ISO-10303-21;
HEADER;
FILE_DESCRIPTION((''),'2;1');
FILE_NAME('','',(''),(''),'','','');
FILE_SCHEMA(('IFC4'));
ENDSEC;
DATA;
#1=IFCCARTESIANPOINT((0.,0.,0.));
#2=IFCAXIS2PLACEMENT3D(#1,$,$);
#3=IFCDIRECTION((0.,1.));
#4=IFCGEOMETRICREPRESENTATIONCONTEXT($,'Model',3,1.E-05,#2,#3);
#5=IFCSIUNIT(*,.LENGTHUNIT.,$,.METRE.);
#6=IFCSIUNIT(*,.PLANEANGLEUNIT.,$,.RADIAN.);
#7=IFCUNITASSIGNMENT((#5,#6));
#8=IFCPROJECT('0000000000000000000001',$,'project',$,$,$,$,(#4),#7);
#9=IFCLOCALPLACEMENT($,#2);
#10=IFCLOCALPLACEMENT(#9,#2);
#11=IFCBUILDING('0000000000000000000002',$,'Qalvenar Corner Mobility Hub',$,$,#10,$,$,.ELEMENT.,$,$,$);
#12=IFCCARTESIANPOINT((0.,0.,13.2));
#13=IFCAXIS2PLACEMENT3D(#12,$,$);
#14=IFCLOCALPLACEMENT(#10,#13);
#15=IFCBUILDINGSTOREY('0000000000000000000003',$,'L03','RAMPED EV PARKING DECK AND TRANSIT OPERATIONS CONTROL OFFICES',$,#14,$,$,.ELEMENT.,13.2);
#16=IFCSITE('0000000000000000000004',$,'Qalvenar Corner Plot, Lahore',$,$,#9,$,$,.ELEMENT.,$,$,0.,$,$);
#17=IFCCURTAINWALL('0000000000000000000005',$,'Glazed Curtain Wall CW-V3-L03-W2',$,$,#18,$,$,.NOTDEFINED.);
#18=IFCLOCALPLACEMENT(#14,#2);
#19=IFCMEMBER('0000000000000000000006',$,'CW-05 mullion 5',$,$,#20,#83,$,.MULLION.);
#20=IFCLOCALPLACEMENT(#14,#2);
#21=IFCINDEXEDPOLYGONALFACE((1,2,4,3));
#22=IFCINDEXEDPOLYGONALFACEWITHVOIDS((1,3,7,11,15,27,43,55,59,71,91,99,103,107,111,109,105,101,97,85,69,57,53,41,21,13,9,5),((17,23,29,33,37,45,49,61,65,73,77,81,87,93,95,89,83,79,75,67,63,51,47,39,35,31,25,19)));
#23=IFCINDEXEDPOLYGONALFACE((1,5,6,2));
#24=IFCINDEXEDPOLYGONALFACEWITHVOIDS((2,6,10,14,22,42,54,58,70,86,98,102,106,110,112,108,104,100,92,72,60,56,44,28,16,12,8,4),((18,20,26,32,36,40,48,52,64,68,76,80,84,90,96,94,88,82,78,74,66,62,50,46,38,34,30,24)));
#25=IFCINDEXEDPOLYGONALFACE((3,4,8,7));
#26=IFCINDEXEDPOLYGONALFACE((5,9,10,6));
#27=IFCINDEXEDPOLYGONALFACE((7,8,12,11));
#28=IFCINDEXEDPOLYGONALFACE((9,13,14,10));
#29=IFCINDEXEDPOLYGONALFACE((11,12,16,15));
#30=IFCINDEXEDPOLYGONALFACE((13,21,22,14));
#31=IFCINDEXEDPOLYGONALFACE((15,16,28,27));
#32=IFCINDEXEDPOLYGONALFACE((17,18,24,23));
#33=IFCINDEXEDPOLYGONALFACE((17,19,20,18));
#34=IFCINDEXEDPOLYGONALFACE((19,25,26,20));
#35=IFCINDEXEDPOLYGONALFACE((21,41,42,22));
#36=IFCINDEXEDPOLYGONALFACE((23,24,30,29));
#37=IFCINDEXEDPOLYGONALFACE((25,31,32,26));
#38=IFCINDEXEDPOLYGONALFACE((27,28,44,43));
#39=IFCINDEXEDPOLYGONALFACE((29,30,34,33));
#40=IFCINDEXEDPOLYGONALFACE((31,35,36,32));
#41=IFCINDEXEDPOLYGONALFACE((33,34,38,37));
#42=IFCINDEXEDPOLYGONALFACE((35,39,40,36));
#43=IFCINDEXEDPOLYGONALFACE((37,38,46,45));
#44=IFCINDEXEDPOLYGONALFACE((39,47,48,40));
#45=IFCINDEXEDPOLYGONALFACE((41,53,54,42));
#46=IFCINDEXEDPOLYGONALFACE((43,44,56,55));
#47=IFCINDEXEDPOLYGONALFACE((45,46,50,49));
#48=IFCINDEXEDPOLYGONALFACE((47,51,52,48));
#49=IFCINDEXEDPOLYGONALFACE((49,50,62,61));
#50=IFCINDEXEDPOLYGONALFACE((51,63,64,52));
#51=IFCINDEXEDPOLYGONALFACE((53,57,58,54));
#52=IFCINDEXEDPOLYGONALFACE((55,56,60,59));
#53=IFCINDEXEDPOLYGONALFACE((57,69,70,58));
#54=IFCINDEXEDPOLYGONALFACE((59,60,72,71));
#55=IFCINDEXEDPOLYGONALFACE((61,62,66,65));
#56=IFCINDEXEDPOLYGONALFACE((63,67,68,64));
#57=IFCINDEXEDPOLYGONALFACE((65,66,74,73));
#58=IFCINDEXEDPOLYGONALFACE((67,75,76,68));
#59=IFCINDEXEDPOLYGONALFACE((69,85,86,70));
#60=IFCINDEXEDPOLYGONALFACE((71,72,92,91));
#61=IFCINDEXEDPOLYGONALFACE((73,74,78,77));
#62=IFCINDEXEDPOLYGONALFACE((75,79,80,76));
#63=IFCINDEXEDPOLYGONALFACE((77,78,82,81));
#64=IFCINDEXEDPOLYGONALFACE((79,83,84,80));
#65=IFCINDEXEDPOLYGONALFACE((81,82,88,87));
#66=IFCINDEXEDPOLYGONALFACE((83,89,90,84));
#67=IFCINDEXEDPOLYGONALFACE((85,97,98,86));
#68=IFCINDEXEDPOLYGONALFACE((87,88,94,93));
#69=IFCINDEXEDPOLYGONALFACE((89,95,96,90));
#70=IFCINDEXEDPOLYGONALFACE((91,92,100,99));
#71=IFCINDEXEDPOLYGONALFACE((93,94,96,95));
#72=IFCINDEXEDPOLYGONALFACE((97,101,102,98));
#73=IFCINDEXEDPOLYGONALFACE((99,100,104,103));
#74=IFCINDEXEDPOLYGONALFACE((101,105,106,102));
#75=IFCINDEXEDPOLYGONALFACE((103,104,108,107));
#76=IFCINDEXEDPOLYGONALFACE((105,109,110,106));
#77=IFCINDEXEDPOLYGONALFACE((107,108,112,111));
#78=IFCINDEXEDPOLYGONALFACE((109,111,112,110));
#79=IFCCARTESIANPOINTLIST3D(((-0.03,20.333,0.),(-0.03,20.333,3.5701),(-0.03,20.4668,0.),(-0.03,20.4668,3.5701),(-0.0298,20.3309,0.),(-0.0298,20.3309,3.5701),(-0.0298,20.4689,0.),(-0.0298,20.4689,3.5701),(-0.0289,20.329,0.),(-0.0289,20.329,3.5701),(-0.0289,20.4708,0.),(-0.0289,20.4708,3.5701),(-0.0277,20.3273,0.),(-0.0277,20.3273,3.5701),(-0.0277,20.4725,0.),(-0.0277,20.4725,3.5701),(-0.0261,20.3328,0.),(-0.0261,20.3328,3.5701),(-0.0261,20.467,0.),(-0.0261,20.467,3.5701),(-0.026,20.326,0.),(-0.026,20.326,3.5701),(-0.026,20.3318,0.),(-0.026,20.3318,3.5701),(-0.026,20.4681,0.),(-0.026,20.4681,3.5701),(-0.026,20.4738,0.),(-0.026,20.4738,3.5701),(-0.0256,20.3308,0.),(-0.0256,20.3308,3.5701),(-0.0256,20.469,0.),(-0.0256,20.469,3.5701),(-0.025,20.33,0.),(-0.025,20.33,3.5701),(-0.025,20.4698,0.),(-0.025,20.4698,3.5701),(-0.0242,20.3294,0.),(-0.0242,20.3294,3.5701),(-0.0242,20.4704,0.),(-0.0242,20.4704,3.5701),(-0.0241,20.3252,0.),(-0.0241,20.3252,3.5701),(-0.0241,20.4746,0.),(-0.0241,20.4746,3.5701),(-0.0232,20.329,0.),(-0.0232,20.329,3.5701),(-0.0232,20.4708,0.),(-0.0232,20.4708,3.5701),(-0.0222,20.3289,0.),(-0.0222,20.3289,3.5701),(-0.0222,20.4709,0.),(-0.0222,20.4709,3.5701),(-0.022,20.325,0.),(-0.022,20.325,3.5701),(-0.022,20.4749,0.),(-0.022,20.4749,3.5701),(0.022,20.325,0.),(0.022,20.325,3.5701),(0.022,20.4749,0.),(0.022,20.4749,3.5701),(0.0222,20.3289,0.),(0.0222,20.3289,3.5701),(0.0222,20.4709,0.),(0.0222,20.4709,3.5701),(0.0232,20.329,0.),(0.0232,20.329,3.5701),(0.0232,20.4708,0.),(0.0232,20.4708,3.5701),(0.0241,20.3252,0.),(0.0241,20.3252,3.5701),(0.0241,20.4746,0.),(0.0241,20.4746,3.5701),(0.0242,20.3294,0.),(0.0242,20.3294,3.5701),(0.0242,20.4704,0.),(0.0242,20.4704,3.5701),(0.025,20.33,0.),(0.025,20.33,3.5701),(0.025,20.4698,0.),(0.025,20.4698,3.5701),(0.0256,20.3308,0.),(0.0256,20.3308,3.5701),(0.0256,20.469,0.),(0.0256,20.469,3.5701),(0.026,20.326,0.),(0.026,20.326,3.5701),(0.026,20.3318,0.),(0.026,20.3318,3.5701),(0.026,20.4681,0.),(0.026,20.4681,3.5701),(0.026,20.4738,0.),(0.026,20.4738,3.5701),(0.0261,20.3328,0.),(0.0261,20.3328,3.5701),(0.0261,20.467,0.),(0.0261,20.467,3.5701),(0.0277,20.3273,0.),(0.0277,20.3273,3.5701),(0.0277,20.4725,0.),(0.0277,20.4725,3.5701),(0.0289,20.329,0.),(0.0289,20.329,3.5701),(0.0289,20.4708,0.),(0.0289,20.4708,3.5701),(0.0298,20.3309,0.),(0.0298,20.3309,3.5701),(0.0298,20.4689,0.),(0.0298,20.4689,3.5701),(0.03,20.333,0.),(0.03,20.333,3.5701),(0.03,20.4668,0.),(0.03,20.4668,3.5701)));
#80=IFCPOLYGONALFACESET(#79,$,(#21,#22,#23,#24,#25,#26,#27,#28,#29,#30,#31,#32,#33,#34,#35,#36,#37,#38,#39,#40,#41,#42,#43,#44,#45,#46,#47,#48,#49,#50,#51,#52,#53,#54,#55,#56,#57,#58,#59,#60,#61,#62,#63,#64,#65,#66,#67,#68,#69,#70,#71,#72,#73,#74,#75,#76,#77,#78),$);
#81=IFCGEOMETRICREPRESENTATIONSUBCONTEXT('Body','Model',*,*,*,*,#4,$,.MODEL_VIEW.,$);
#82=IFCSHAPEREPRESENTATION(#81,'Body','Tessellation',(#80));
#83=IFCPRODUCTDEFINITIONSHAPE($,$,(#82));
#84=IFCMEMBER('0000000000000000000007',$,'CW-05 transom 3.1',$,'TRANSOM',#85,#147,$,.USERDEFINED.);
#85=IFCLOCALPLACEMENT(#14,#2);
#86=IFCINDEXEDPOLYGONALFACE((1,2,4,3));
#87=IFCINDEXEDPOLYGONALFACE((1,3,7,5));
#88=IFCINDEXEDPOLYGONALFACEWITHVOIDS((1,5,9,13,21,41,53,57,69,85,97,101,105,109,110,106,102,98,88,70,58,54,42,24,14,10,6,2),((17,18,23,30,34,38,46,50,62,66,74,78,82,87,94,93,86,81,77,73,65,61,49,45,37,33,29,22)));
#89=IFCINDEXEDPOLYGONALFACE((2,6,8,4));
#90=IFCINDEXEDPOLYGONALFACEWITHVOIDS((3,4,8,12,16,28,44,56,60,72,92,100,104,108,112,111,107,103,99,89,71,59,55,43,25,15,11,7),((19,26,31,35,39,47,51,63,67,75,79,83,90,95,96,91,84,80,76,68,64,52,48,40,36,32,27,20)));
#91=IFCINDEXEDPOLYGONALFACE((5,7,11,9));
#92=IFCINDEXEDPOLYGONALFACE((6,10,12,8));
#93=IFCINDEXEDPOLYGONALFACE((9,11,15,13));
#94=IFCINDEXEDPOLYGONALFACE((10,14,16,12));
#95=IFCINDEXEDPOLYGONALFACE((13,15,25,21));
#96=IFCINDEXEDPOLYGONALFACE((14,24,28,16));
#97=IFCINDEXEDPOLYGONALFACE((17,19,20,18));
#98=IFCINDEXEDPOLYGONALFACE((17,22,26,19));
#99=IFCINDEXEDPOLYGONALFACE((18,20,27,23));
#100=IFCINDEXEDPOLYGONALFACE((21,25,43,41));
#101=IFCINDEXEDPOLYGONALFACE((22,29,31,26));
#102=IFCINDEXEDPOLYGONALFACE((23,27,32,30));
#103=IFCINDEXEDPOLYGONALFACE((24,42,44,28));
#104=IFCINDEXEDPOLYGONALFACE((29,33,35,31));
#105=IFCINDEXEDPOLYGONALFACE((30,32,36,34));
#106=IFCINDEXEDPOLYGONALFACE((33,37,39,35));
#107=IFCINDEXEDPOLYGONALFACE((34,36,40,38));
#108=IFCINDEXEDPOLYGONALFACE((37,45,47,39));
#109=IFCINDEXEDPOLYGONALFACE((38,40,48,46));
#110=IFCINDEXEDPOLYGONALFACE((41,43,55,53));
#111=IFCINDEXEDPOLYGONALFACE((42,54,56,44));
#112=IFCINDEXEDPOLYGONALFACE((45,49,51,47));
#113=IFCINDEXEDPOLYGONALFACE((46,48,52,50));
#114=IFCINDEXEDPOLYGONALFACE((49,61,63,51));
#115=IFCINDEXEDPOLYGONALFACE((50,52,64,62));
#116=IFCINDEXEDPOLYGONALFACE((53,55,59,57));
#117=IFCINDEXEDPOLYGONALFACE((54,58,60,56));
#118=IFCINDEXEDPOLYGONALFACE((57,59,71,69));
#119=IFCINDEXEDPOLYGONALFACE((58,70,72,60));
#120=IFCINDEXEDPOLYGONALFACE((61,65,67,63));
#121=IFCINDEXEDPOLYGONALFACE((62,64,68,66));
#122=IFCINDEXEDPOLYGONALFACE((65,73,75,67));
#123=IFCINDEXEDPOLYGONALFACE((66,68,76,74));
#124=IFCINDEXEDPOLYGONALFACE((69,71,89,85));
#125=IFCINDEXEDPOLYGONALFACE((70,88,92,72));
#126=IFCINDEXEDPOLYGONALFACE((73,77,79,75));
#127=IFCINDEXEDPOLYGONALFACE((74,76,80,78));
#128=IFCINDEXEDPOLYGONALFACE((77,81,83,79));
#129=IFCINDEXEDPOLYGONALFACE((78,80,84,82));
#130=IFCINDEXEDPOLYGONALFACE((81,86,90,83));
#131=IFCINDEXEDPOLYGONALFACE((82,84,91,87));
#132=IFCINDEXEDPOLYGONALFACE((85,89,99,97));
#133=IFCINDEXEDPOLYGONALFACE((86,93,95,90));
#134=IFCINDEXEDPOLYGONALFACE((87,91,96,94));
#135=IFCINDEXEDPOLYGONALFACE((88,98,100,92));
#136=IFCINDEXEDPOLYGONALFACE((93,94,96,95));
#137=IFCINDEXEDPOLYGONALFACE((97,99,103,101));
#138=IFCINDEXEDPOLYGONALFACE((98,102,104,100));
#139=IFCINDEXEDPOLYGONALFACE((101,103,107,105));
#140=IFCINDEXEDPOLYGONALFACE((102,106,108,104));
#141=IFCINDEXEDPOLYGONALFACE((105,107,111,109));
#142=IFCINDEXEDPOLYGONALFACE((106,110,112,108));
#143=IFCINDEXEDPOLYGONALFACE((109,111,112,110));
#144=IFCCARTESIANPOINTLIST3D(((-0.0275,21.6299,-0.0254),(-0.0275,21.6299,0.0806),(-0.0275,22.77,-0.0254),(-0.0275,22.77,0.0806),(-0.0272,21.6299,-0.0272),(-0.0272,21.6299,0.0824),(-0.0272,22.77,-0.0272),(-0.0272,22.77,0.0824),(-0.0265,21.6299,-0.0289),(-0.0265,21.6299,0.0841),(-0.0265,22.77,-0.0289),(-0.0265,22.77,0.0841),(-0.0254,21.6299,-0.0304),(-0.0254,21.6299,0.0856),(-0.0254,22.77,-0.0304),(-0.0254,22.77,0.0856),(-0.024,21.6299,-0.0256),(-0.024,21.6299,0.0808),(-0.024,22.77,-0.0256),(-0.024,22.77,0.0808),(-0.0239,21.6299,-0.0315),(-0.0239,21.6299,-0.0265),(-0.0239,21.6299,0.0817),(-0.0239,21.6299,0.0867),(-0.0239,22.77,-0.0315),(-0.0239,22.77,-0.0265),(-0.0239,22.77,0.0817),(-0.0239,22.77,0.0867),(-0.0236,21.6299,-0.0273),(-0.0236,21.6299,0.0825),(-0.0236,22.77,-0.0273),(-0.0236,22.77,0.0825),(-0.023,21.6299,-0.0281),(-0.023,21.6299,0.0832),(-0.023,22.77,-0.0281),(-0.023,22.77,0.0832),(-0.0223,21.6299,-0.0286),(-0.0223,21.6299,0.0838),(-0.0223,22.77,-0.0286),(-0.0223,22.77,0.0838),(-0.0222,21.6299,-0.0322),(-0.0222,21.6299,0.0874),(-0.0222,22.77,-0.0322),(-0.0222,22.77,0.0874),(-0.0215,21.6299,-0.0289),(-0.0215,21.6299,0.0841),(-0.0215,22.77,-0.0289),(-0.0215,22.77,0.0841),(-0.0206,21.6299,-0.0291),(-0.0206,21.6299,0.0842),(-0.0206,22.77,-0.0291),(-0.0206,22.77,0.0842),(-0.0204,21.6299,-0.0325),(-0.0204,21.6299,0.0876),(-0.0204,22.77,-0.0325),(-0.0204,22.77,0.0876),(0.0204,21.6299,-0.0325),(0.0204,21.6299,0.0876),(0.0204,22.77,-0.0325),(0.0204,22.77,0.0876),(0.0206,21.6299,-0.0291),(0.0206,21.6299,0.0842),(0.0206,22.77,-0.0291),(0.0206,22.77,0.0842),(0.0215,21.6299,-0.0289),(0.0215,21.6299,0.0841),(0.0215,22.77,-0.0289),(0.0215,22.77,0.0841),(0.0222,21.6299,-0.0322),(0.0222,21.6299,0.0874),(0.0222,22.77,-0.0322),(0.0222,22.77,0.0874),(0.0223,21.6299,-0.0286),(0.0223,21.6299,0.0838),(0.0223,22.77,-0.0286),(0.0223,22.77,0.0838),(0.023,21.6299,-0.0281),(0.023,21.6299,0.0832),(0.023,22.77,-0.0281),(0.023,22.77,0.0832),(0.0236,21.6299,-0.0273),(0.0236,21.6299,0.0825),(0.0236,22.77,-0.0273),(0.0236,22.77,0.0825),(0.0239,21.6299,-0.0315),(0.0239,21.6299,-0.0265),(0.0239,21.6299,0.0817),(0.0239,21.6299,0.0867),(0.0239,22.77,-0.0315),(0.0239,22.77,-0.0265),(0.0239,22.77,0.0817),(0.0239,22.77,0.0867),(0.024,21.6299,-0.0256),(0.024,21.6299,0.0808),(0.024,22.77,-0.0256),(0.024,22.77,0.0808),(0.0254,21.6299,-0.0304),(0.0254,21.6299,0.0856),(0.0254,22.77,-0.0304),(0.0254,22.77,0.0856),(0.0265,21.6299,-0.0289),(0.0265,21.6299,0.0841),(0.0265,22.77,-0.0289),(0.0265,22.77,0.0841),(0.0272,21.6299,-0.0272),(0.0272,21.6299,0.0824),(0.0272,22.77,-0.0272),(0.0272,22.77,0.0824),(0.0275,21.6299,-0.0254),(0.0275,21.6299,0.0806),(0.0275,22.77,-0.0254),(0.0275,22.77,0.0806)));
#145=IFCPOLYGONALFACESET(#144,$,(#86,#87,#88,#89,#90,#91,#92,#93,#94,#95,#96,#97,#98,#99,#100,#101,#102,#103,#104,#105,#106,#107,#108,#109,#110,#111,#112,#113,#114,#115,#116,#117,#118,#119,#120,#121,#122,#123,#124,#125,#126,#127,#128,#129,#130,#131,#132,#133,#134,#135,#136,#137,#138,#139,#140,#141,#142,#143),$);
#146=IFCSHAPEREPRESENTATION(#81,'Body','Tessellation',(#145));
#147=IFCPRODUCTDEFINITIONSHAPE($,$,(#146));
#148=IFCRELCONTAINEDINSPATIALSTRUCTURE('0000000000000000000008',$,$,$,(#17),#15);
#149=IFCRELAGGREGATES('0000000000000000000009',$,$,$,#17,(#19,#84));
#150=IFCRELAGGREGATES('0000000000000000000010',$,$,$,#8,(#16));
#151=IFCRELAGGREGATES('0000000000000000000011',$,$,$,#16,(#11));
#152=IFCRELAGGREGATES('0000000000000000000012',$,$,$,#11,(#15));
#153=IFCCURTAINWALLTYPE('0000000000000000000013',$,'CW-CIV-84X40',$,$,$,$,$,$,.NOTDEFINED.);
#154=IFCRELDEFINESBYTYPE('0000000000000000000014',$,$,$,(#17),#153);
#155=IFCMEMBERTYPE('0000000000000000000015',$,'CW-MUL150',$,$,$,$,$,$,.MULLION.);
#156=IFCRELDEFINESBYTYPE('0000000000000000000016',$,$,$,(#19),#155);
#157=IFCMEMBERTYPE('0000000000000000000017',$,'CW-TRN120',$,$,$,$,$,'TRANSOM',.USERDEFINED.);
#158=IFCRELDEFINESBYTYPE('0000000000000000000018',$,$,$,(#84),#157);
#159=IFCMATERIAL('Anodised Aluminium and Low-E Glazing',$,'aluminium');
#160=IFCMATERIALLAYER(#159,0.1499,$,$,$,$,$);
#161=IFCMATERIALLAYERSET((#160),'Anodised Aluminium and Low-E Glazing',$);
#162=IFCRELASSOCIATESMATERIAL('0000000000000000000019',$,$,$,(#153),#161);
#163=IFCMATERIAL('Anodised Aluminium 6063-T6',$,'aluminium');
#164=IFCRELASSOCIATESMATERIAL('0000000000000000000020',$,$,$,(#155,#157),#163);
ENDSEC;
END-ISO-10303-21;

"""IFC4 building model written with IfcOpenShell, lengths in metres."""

from ifc_helpers import new_model, si_unit, direction, frame, origin, origin_2d, place, context, subcontext, project, spatial, hollow_rectangle, extrude, material, layer, layer_set, material_profile, profile_set, type_object, element, aggregate, save


model = new_model("IFC4")

# Units and contexts
model_context = context("Model", 3, precision=1e-05, world=origin(), true_north=direction((0.0, 1.0)))
body_context = subcontext(model_context, "Body", "Model", "MODEL_VIEW")
ifc_project = project(units=[si_unit("LENGTHUNIT", "METRE"), si_unit("PLANEANGLEUNIT", "RADIAN")], contexts=[model_context])

# Site, building, storey
site_placement = place(None, origin())
site = spatial("IfcSite", under=ifc_project, at=site_placement, Name="Qalvenar Corner Plot, Lahore", CompositionType="ELEMENT", RefElevation=0.0)
building_placement = place(site_placement, origin())
building = spatial("IfcBuilding", under=site, at=building_placement, Name="Qalvenar Corner Mobility Hub", CompositionType="ELEMENT")
storey_placement = place(building_placement, frame((0.0, 0.0, 13.2)))
storey = spatial("IfcBuildingStorey", under=building, at=storey_placement, Name="L03", Description="RAMPED EV PARKING DECK AND TRANSIT OPERATIONS CONTROL OFFICES", CompositionType="ELEMENT", Elevation=13.2)

# Curtain wall, members
ifc_material_1 = material(Name="Anodised Aluminium and Low-E Glazing", Category="aluminium")
ifc_layer_1 = layer(ifc_material_1, 0.1499)
ifc_layer_set_1 = layer_set([ifc_layer_1], Name="Anodised Aluminium and Low-E Glazing")
curtain_wall_type = type_object("IfcCurtainWallType", Name="CW-CIV-84X40", PredefinedType="NOTDEFINED", material=ifc_layer_set_1)
curtain_wall_placement = place(storey_placement, origin())
curtain_wall = element("IfcCurtainWall", 1, at=curtain_wall_placement, inside=storey, type_object=curtain_wall_type, Name="Glazed Curtain Wall CW-V3-L03-W2", PredefinedType="NOTDEFINED")
ifc_material_2 = material(Name="Anodised Aluminium 6063-T6", Category="aluminium")
ifc_material_profile_1 = material_profile(ifc_material_2, hollow_rectangle(XDim=0.0601, YDim=0.1499, WallThickness=0.0039, InnerFilletRadius=0.0039, OuterFilletRadius=0.0081, at=origin_2d()), Name="RHS150x60x4")
ifc_profile_set_1 = profile_set([ifc_material_profile_1], Name="Anodised Aluminium 6063-T6")
member_type_1 = type_object("IfcMemberType", Name="CW-MUL150", PredefinedType="MULLION", material=ifc_profile_set_1)
member_1_placement = place(storey_placement, frame((0.0, 20.3999, 0.0), z_axis=(0.0, 0.0, 1.0), x_axis=(1.0, 0.0, 0.0)))
member_1 = element("IfcMember", 2, at=member_1_placement, type_object=member_type_1, Name="CW-05 mullion 5", PredefinedType="MULLION", context=body_context, shape_type="SweptSolid", body=[
    extrude(hollow_rectangle(XDim=0.0601, YDim=0.1499, WallThickness=0.0039, InnerFilletRadius=0.0039, OuterFilletRadius=0.0081, at=origin_2d()), origin(), (0.0, 0.0, 1.0), 3.5701),
])
ifc_material_profile_2 = material_profile(ifc_material_2, hollow_rectangle(XDim=0.0549, YDim=0.1201, WallThickness=0.0034, InnerFilletRadius=0.0034, OuterFilletRadius=0.0071, at=origin_2d()), Name="RHS120x55x3.5")
ifc_profile_set_2 = profile_set([ifc_material_profile_2], Name="Anodised Aluminium 6063-T6")
member_type_2 = type_object("IfcMemberType", Name="CW-TRN120", ElementType="TRANSOM", PredefinedType="USERDEFINED", material=ifc_profile_set_2)
member_2_placement = place(storey_placement, frame((0.0, 22.77, 0.0276), z_axis=(0.0, -1.0, 0.0), x_axis=(1.0, 0.0, 0.0)))
member_2 = element("IfcMember", 3, at=member_2_placement, type_object=member_type_2, Name="CW-05 transom 3.1", ObjectType="TRANSOM", PredefinedType="USERDEFINED", context=body_context, shape_type="SweptSolid", body=[
    extrude(hollow_rectangle(XDim=0.0549, YDim=0.1201, WallThickness=0.0034, InnerFilletRadius=0.0034, OuterFilletRadius=0.0071, at=origin_2d()), origin(), (0.0, 0.0, 1.0), 1.1401),
])
aggregate(curtain_wall, [member_1, member_2])

save(model, "model.ifc")
